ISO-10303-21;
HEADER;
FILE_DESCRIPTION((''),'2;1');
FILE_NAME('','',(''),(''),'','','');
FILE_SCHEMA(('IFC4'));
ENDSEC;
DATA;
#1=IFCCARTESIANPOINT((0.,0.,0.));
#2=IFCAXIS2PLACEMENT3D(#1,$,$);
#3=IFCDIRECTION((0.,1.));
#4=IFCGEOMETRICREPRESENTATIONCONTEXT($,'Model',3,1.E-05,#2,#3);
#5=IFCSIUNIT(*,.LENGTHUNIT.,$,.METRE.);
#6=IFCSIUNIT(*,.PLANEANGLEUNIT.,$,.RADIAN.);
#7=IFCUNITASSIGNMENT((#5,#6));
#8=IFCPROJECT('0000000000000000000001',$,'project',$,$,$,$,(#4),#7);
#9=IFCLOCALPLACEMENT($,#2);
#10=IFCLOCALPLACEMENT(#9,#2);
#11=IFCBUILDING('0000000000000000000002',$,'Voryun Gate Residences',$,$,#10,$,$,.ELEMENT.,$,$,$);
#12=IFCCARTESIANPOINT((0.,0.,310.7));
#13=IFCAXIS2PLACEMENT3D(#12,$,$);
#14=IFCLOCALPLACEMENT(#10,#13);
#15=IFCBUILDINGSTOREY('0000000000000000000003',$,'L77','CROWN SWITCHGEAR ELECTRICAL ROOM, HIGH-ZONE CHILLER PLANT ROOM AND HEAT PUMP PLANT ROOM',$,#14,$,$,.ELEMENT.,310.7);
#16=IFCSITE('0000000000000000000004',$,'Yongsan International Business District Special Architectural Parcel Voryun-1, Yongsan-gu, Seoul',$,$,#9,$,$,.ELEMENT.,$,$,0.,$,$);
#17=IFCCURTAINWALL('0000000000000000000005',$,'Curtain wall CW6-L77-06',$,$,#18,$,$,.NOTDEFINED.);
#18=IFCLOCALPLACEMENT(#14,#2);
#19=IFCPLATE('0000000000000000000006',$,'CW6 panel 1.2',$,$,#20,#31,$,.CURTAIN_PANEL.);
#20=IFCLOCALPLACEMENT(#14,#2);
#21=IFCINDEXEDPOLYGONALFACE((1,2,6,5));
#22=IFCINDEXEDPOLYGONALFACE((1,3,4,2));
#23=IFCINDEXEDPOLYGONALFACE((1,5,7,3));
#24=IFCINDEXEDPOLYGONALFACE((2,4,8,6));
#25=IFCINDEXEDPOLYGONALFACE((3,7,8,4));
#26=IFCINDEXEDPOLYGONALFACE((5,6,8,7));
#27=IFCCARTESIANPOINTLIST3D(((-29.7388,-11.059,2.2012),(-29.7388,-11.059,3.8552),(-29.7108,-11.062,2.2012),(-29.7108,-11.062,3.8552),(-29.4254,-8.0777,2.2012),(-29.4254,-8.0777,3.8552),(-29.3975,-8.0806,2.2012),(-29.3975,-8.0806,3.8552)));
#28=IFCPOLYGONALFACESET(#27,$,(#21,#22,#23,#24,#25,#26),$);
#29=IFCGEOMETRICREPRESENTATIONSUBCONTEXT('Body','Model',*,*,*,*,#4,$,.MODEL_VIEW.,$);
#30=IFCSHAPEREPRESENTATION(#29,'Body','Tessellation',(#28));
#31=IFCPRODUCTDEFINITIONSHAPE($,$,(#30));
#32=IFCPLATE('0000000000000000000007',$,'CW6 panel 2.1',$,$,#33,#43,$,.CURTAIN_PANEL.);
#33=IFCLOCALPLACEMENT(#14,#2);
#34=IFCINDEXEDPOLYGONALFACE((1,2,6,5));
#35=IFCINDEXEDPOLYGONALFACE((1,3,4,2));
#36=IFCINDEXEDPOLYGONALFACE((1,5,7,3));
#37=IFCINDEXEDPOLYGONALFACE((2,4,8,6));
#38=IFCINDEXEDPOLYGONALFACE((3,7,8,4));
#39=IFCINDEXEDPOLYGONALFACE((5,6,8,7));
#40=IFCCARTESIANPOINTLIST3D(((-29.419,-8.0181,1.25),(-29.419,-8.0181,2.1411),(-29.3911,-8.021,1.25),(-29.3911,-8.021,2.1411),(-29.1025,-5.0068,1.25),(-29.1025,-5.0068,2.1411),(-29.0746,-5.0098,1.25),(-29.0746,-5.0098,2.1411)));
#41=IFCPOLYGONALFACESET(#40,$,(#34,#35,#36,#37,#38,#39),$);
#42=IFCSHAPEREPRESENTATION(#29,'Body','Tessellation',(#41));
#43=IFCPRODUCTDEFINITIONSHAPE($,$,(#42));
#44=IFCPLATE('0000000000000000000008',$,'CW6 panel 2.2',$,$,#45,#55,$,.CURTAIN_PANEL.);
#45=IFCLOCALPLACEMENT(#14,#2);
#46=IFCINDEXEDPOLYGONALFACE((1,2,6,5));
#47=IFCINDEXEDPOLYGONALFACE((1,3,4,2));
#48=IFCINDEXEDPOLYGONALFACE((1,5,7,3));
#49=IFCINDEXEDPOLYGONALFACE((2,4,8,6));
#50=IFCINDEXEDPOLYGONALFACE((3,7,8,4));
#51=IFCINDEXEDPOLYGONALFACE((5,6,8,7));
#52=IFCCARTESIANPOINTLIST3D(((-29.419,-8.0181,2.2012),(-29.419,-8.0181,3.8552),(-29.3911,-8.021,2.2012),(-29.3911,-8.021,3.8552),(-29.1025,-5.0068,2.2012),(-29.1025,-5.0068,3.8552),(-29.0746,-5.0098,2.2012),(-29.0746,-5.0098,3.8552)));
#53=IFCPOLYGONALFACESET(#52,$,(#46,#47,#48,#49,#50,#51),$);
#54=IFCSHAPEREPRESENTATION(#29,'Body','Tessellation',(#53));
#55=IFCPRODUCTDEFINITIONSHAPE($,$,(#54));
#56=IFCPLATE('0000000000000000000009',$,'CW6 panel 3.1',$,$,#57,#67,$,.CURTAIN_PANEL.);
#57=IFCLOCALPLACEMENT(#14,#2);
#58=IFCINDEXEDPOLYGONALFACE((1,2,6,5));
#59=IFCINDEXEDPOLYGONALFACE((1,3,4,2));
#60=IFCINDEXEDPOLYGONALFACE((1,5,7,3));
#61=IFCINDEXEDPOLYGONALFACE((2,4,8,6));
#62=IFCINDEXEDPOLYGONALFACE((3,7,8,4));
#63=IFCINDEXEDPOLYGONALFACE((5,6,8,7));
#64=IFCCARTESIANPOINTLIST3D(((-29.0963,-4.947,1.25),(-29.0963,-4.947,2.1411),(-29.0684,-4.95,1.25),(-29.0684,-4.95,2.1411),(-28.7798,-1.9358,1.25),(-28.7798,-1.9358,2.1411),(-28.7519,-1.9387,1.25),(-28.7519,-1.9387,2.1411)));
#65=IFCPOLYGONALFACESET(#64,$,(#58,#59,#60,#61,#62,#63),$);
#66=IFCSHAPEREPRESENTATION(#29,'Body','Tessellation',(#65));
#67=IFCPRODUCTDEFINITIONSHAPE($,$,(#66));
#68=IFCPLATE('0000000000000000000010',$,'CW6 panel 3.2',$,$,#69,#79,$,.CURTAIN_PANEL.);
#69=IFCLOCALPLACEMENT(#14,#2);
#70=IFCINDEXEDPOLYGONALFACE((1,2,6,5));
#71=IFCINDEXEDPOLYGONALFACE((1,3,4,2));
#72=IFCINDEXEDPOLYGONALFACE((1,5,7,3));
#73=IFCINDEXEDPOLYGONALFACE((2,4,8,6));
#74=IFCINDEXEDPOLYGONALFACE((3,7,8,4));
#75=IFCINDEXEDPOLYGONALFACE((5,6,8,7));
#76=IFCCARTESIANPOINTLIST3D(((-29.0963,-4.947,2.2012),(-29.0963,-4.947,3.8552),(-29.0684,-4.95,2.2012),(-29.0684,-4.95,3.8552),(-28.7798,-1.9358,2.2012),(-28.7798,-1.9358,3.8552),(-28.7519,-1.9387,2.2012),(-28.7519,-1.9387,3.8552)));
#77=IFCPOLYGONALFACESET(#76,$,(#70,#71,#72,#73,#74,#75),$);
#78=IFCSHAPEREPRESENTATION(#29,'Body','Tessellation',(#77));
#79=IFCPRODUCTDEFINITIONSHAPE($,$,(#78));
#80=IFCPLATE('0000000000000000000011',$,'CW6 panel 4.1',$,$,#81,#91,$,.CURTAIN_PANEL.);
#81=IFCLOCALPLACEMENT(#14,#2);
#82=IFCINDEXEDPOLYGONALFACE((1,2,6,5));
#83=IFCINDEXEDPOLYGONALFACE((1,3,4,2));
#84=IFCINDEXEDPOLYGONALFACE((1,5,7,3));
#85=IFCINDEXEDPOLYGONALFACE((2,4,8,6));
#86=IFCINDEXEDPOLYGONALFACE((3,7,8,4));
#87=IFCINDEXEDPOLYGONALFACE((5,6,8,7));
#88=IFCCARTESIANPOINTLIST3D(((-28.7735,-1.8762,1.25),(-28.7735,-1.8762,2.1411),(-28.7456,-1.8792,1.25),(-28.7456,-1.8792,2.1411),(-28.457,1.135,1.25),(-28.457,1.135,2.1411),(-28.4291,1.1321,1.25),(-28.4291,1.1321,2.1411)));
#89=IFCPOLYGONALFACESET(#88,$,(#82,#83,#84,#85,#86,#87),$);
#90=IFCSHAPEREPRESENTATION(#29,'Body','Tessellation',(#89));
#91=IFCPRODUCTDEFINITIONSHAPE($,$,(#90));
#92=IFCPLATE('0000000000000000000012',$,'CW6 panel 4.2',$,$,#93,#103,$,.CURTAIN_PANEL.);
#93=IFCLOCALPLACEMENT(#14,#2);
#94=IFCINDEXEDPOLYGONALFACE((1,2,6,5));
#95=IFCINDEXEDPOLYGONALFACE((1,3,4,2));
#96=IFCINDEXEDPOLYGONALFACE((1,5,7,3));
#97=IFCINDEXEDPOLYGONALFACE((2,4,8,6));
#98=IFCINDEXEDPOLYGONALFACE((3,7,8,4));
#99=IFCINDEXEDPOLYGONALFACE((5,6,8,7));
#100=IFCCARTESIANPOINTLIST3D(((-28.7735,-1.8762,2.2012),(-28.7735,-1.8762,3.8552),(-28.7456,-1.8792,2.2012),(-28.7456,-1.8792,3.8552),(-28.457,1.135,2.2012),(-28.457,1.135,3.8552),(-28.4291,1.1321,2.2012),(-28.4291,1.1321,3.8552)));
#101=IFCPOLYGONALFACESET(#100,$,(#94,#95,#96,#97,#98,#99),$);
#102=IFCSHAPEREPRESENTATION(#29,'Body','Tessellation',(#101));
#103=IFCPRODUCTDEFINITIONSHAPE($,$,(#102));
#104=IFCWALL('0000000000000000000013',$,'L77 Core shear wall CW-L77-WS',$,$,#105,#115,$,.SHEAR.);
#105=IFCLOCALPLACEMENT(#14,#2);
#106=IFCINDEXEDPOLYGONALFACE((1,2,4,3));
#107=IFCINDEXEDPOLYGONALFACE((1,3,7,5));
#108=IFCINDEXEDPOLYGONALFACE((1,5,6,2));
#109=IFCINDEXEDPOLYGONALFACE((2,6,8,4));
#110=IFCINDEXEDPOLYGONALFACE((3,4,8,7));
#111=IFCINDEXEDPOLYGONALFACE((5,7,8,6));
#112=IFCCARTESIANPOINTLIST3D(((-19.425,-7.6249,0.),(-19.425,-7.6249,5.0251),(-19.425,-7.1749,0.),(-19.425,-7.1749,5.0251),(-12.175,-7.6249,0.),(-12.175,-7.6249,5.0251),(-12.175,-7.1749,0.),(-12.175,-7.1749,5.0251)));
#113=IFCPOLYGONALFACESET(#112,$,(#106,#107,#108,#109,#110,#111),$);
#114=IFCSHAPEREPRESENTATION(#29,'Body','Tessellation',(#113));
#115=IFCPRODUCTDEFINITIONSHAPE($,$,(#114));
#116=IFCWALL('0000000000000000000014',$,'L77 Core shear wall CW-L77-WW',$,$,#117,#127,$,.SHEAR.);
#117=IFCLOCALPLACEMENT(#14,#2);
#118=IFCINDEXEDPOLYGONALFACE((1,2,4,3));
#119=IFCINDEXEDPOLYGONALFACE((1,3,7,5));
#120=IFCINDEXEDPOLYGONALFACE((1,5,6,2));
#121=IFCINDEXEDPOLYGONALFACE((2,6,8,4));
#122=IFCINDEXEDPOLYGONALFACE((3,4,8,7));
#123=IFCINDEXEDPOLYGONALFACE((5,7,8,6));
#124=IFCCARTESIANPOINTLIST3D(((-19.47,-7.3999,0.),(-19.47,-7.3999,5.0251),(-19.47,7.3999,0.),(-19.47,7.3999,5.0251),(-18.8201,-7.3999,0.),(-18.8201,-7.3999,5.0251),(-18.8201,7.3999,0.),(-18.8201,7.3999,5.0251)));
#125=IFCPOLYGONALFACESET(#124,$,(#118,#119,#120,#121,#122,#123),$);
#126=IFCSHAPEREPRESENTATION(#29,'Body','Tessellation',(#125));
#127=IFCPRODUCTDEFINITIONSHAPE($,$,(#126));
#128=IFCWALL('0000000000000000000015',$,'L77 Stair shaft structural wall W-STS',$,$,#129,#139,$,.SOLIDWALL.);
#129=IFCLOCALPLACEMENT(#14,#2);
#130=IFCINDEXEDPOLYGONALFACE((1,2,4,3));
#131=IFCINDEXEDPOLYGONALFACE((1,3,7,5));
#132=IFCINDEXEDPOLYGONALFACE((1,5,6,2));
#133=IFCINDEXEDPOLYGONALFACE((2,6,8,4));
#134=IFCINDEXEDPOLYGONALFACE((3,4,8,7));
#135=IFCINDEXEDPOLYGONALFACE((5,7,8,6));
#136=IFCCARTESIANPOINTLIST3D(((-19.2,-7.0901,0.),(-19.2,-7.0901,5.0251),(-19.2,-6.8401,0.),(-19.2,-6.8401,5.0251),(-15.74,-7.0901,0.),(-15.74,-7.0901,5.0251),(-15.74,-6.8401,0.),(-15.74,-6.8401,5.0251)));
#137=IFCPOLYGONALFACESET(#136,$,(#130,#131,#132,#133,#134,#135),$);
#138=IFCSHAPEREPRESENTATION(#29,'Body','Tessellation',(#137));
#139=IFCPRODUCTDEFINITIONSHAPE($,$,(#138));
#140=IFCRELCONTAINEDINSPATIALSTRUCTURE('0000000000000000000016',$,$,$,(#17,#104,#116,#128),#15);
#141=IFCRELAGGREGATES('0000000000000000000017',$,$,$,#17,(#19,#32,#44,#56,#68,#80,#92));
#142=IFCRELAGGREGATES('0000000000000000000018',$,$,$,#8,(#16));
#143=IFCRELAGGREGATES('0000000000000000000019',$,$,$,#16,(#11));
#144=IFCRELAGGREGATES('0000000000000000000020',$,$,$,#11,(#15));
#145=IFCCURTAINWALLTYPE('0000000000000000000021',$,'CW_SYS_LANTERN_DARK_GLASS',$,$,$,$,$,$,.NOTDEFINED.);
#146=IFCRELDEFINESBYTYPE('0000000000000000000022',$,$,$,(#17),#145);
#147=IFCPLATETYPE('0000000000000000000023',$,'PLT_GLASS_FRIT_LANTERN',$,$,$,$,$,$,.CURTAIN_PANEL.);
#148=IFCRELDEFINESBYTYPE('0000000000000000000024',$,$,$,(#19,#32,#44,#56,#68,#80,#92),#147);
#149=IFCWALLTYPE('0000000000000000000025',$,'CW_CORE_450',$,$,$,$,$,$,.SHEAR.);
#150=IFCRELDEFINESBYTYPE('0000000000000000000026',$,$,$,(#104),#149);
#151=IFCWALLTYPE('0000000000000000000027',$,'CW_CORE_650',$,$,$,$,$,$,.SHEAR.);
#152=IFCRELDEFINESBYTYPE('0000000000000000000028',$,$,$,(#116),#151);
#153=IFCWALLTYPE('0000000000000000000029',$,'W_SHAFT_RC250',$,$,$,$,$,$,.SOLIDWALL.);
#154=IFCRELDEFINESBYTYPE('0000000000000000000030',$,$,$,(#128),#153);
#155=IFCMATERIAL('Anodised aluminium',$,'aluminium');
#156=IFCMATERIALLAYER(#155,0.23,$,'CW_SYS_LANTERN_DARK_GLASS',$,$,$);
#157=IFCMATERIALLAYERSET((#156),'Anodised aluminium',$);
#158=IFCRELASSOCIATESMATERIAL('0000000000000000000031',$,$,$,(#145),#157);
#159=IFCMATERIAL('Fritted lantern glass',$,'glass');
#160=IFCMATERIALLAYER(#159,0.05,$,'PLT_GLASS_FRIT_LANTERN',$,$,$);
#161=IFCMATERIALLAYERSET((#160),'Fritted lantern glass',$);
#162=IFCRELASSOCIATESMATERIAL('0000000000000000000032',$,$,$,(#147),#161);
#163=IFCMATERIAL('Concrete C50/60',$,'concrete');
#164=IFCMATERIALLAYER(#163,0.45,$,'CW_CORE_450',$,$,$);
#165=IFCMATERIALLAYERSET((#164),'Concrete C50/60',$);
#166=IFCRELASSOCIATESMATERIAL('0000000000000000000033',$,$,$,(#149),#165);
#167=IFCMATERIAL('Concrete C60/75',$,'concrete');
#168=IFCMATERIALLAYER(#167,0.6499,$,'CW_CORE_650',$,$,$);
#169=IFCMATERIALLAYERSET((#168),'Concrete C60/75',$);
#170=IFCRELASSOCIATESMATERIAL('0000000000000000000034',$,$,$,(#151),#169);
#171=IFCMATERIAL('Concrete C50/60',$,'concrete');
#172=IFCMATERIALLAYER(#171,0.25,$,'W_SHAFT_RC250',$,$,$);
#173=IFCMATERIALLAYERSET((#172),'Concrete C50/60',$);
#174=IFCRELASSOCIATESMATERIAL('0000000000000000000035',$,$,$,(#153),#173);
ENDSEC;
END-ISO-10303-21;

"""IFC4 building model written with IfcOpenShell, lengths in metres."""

from ifc_helpers import new_model, si_unit, direction, frame, frame_2d, origin, origin_2d, place, context, subcontext, project, spatial, rectangle, extrude, material, layer, layer_set, type_object, element, aggregate, save


model = new_model("IFC4")

# Units and contexts
model_context = context("Model", 3, precision=1e-05, world=origin(), true_north=direction((0.0, 1.0)))
body_context = subcontext(model_context, "Body", "Model", "MODEL_VIEW")
ifc_project = project(units=[si_unit("LENGTHUNIT", "METRE"), si_unit("PLANEANGLEUNIT", "RADIAN")], contexts=[model_context])

# Site, building, storey
site_placement = place(None, origin())
site = spatial("IfcSite", under=ifc_project, at=site_placement, Name="Yongsan International Business District Special Architectural Parcel Voryun-1, Yongsan-gu, Seoul", CompositionType="ELEMENT", RefElevation=0.0)
building_placement = place(site_placement, origin())
building = spatial("IfcBuilding", under=site, at=building_placement, Name="Voryun Gate Residences", CompositionType="ELEMENT")
storey_placement = place(building_placement, frame((0.0, 0.0, 310.7)))
storey = spatial("IfcBuildingStorey", under=building, at=storey_placement, Name="L77", Description="CROWN SWITCHGEAR ELECTRICAL ROOM, HIGH-ZONE CHILLER PLANT ROOM AND HEAT PUMP PLANT ROOM", CompositionType="ELEMENT", Elevation=310.7)

# Curtain wall
ifc_material_1 = material(Name="Anodised aluminium", Category="aluminium")
ifc_layer_1 = layer(ifc_material_1, 0.23, Name="CW_SYS_LANTERN_DARK_GLASS")
ifc_layer_set_1 = layer_set([ifc_layer_1], Name="Anodised aluminium")
curtain_wall_type = type_object("IfcCurtainWallType", Name="CW_SYS_LANTERN_DARK_GLASS", PredefinedType="NOTDEFINED", material=ifc_layer_set_1)
curtain_wall_placement = place(storey_placement, origin())
curtain_wall = element("IfcCurtainWall", 1, at=curtain_wall_placement, inside=storey, type_object=curtain_wall_type, Name="Curtain wall CW6-L77-06", PredefinedType="NOTDEFINED")

# Plates
ifc_material_2 = material(Name="Fritted lantern glass", Category="glass")
ifc_layer_2 = layer(ifc_material_2, 0.05, Name="PLT_GLASS_FRIT_LANTERN")
ifc_layer_set_2 = layer_set([ifc_layer_2], Name="Fritted lantern glass")
plate_type_1 = type_object("IfcPlateType", Name="PLT_GLASS_FRIT_LANTERN", PredefinedType="CURTAIN_PANEL", material=ifc_layer_set_2)
plate_1_placement = place(storey_placement, frame((-29.5681, -9.5698, 2.2012), z_axis=(0.0, 0.0, 1.0), x_axis=(0.104528, 0.994522, 0.0)))
plate_1 = element("IfcPlate", 2, at=plate_1_placement, type_object=plate_type_1, Name="CW6 panel 1.2", PredefinedType="CURTAIN_PANEL", context=body_context, shape_type="SweptSolid", body=[
    extrude(rectangle(XDim=2.9978, YDim=0.0281, at=origin_2d()), origin(), (0.0, 0.0, 1.0), 1.6541),
])
plate_2_placement = place(storey_placement, frame((-29.2468, -6.5139, 1.25), z_axis=(0.0, 0.0, 1.0), x_axis=(0.104528, 0.994522, 0.0)))
plate_2 = element("IfcPlate", 3, at=plate_2_placement, type_object=plate_type_1, Name="CW6 panel 2.1", PredefinedType="CURTAIN_PANEL", context=body_context, shape_type="SweptSolid", body=[
    extrude(rectangle(XDim=3.0278, YDim=0.0281, at=origin_2d()), origin(), (0.0, 0.0, 1.0), 0.8911),
])
plate_3_placement = place(storey_placement, frame((-29.2468, -6.5139, 2.2012), z_axis=(0.0, 0.0, 1.0), x_axis=(0.104528, 0.994522, 0.0)))
plate_3 = element("IfcPlate", 4, at=plate_3_placement, type_object=plate_type_1, Name="CW6 panel 2.2", PredefinedType="CURTAIN_PANEL", context=body_context, shape_type="SweptSolid", body=[
    extrude(rectangle(XDim=3.0278, YDim=0.0281, at=origin_2d()), origin(), (0.0, 0.0, 1.0), 1.6541),
])
plate_4_placement = place(storey_placement, frame((-28.9241, -3.4429, 1.25), z_axis=(0.0, 0.0, 1.0), x_axis=(0.104528, 0.994522, 0.0)))
plate_4 = element("IfcPlate", 5, at=plate_4_placement, type_object=plate_type_1, Name="CW6 panel 3.1", PredefinedType="CURTAIN_PANEL", context=body_context, shape_type="SweptSolid", body=[
    extrude(rectangle(XDim=3.0278, YDim=0.0281, at=origin_2d()), origin(), (0.0, 0.0, 1.0), 0.8911),
])
plate_5_placement = place(storey_placement, frame((-28.9241, -3.4429, 2.2012), z_axis=(0.0, 0.0, 1.0), x_axis=(0.104528, 0.994522, 0.0)))
plate_5 = element("IfcPlate", 6, at=plate_5_placement, type_object=plate_type_1, Name="CW6 panel 3.2", PredefinedType="CURTAIN_PANEL", context=body_context, shape_type="SweptSolid", body=[
    extrude(rectangle(XDim=3.0278, YDim=0.0281, at=origin_2d()), origin(), (0.0, 0.0, 1.0), 1.6541),
])
plate_6_placement = place(storey_placement, frame((-28.6013, -0.3721, 1.25), z_axis=(0.0, 0.0, 1.0), x_axis=(0.104528, 0.994522, 0.0)))
plate_6 = element("IfcPlate", 7, at=plate_6_placement, type_object=plate_type_1, Name="CW6 panel 4.1", PredefinedType="CURTAIN_PANEL", context=body_context, shape_type="SweptSolid", body=[
    extrude(rectangle(XDim=3.0278, YDim=0.0281, at=origin_2d()), origin(), (0.0, 0.0, 1.0), 0.8911),
])
plate_7_placement = place(storey_placement, frame((-28.6013, -0.3721, 2.2012), z_axis=(0.0, 0.0, 1.0), x_axis=(0.104528, 0.994522, 0.0)))
plate_7 = element("IfcPlate", 8, at=plate_7_placement, type_object=plate_type_1, Name="CW6 panel 4.2", PredefinedType="CURTAIN_PANEL", context=body_context, shape_type="SweptSolid", body=[
    extrude(rectangle(XDim=3.0278, YDim=0.0281, at=origin_2d()), origin(), (0.0, 0.0, 1.0), 1.6541),
])
aggregate(curtain_wall, [plate_1, plate_2, plate_3, plate_4, plate_5, plate_6, plate_7])

# Walls
ifc_material_3 = material(Name="Concrete C50/60", Category="concrete")
ifc_layer_3 = layer(ifc_material_3, 0.45, Name="CW_CORE_450")
ifc_layer_set_3 = layer_set([ifc_layer_3], Name="Concrete C50/60")
wall_type_1 = type_object("IfcWallType", Name="CW_CORE_450", PredefinedType="SHEAR", material=ifc_layer_set_3)
wall_1_placement = place(storey_placement, frame((-19.425, -7.3999, 0.0), z_axis=(0.0, 0.0, 1.0), x_axis=(1.0, 0.0, 0.0)))
element("IfcWall", 9, at=wall_1_placement, inside=storey, type_object=wall_type_1, Name="L77 Core shear wall CW-L77-WS", PredefinedType="SHEAR", context=body_context, shape_type="SweptSolid", body=[
    extrude(rectangle(XDim=7.25, YDim=0.45, at=frame_2d((3.625, 0.0))), origin(), (0.0, 0.0, 1.0), 5.0251),
])
ifc_material_4 = material(Name="Concrete C60/75", Category="concrete")
ifc_layer_4 = layer(ifc_material_4, 0.6499, Name="CW_CORE_650")
ifc_layer_set_4 = layer_set([ifc_layer_4], Name="Concrete C60/75")
wall_type_2 = type_object("IfcWallType", Name="CW_CORE_650", PredefinedType="SHEAR", material=ifc_layer_set_4)
wall_2_placement = place(storey_placement, frame((-19.145, -7.3999, 0.0), z_axis=(0.0, 0.0, 1.0), x_axis=(0.0, 1.0, 0.0)))
element("IfcWall", 10, at=wall_2_placement, inside=storey, type_object=wall_type_2, Name="L77 Core shear wall CW-L77-WW", PredefinedType="SHEAR", context=body_context, shape_type="SweptSolid", body=[
    extrude(rectangle(XDim=14.7998, YDim=0.6499, at=frame_2d((7.3999, 0.0))), origin(), (0.0, 0.0, 1.0), 5.0251),
])
ifc_material_5 = material(Name="Concrete C50/60", Category="concrete")
ifc_layer_5 = layer(ifc_material_5, 0.25, Name="W_SHAFT_RC250")
ifc_layer_set_5 = layer_set([ifc_layer_5], Name="Concrete C50/60")
wall_type_3 = type_object("IfcWallType", Name="W_SHAFT_RC250", PredefinedType="SOLIDWALL", material=ifc_layer_set_5)
wall_3_placement = place(storey_placement, frame((-19.2, -6.9651, 0.0), z_axis=(0.0, 0.0, 1.0), x_axis=(1.0, 0.0, 0.0)))
element("IfcWall", 11, at=wall_3_placement, inside=storey, type_object=wall_type_3, Name="L77 Stair shaft structural wall W-STS", PredefinedType="SOLIDWALL", context=body_context, shape_type="SweptSolid", body=[
    extrude(rectangle(XDim=3.46, YDim=0.25, at=frame_2d((1.73, 0.0))), origin(), (0.0, 0.0, 1.0), 5.0251),
])

save(model, "model.ifc")
